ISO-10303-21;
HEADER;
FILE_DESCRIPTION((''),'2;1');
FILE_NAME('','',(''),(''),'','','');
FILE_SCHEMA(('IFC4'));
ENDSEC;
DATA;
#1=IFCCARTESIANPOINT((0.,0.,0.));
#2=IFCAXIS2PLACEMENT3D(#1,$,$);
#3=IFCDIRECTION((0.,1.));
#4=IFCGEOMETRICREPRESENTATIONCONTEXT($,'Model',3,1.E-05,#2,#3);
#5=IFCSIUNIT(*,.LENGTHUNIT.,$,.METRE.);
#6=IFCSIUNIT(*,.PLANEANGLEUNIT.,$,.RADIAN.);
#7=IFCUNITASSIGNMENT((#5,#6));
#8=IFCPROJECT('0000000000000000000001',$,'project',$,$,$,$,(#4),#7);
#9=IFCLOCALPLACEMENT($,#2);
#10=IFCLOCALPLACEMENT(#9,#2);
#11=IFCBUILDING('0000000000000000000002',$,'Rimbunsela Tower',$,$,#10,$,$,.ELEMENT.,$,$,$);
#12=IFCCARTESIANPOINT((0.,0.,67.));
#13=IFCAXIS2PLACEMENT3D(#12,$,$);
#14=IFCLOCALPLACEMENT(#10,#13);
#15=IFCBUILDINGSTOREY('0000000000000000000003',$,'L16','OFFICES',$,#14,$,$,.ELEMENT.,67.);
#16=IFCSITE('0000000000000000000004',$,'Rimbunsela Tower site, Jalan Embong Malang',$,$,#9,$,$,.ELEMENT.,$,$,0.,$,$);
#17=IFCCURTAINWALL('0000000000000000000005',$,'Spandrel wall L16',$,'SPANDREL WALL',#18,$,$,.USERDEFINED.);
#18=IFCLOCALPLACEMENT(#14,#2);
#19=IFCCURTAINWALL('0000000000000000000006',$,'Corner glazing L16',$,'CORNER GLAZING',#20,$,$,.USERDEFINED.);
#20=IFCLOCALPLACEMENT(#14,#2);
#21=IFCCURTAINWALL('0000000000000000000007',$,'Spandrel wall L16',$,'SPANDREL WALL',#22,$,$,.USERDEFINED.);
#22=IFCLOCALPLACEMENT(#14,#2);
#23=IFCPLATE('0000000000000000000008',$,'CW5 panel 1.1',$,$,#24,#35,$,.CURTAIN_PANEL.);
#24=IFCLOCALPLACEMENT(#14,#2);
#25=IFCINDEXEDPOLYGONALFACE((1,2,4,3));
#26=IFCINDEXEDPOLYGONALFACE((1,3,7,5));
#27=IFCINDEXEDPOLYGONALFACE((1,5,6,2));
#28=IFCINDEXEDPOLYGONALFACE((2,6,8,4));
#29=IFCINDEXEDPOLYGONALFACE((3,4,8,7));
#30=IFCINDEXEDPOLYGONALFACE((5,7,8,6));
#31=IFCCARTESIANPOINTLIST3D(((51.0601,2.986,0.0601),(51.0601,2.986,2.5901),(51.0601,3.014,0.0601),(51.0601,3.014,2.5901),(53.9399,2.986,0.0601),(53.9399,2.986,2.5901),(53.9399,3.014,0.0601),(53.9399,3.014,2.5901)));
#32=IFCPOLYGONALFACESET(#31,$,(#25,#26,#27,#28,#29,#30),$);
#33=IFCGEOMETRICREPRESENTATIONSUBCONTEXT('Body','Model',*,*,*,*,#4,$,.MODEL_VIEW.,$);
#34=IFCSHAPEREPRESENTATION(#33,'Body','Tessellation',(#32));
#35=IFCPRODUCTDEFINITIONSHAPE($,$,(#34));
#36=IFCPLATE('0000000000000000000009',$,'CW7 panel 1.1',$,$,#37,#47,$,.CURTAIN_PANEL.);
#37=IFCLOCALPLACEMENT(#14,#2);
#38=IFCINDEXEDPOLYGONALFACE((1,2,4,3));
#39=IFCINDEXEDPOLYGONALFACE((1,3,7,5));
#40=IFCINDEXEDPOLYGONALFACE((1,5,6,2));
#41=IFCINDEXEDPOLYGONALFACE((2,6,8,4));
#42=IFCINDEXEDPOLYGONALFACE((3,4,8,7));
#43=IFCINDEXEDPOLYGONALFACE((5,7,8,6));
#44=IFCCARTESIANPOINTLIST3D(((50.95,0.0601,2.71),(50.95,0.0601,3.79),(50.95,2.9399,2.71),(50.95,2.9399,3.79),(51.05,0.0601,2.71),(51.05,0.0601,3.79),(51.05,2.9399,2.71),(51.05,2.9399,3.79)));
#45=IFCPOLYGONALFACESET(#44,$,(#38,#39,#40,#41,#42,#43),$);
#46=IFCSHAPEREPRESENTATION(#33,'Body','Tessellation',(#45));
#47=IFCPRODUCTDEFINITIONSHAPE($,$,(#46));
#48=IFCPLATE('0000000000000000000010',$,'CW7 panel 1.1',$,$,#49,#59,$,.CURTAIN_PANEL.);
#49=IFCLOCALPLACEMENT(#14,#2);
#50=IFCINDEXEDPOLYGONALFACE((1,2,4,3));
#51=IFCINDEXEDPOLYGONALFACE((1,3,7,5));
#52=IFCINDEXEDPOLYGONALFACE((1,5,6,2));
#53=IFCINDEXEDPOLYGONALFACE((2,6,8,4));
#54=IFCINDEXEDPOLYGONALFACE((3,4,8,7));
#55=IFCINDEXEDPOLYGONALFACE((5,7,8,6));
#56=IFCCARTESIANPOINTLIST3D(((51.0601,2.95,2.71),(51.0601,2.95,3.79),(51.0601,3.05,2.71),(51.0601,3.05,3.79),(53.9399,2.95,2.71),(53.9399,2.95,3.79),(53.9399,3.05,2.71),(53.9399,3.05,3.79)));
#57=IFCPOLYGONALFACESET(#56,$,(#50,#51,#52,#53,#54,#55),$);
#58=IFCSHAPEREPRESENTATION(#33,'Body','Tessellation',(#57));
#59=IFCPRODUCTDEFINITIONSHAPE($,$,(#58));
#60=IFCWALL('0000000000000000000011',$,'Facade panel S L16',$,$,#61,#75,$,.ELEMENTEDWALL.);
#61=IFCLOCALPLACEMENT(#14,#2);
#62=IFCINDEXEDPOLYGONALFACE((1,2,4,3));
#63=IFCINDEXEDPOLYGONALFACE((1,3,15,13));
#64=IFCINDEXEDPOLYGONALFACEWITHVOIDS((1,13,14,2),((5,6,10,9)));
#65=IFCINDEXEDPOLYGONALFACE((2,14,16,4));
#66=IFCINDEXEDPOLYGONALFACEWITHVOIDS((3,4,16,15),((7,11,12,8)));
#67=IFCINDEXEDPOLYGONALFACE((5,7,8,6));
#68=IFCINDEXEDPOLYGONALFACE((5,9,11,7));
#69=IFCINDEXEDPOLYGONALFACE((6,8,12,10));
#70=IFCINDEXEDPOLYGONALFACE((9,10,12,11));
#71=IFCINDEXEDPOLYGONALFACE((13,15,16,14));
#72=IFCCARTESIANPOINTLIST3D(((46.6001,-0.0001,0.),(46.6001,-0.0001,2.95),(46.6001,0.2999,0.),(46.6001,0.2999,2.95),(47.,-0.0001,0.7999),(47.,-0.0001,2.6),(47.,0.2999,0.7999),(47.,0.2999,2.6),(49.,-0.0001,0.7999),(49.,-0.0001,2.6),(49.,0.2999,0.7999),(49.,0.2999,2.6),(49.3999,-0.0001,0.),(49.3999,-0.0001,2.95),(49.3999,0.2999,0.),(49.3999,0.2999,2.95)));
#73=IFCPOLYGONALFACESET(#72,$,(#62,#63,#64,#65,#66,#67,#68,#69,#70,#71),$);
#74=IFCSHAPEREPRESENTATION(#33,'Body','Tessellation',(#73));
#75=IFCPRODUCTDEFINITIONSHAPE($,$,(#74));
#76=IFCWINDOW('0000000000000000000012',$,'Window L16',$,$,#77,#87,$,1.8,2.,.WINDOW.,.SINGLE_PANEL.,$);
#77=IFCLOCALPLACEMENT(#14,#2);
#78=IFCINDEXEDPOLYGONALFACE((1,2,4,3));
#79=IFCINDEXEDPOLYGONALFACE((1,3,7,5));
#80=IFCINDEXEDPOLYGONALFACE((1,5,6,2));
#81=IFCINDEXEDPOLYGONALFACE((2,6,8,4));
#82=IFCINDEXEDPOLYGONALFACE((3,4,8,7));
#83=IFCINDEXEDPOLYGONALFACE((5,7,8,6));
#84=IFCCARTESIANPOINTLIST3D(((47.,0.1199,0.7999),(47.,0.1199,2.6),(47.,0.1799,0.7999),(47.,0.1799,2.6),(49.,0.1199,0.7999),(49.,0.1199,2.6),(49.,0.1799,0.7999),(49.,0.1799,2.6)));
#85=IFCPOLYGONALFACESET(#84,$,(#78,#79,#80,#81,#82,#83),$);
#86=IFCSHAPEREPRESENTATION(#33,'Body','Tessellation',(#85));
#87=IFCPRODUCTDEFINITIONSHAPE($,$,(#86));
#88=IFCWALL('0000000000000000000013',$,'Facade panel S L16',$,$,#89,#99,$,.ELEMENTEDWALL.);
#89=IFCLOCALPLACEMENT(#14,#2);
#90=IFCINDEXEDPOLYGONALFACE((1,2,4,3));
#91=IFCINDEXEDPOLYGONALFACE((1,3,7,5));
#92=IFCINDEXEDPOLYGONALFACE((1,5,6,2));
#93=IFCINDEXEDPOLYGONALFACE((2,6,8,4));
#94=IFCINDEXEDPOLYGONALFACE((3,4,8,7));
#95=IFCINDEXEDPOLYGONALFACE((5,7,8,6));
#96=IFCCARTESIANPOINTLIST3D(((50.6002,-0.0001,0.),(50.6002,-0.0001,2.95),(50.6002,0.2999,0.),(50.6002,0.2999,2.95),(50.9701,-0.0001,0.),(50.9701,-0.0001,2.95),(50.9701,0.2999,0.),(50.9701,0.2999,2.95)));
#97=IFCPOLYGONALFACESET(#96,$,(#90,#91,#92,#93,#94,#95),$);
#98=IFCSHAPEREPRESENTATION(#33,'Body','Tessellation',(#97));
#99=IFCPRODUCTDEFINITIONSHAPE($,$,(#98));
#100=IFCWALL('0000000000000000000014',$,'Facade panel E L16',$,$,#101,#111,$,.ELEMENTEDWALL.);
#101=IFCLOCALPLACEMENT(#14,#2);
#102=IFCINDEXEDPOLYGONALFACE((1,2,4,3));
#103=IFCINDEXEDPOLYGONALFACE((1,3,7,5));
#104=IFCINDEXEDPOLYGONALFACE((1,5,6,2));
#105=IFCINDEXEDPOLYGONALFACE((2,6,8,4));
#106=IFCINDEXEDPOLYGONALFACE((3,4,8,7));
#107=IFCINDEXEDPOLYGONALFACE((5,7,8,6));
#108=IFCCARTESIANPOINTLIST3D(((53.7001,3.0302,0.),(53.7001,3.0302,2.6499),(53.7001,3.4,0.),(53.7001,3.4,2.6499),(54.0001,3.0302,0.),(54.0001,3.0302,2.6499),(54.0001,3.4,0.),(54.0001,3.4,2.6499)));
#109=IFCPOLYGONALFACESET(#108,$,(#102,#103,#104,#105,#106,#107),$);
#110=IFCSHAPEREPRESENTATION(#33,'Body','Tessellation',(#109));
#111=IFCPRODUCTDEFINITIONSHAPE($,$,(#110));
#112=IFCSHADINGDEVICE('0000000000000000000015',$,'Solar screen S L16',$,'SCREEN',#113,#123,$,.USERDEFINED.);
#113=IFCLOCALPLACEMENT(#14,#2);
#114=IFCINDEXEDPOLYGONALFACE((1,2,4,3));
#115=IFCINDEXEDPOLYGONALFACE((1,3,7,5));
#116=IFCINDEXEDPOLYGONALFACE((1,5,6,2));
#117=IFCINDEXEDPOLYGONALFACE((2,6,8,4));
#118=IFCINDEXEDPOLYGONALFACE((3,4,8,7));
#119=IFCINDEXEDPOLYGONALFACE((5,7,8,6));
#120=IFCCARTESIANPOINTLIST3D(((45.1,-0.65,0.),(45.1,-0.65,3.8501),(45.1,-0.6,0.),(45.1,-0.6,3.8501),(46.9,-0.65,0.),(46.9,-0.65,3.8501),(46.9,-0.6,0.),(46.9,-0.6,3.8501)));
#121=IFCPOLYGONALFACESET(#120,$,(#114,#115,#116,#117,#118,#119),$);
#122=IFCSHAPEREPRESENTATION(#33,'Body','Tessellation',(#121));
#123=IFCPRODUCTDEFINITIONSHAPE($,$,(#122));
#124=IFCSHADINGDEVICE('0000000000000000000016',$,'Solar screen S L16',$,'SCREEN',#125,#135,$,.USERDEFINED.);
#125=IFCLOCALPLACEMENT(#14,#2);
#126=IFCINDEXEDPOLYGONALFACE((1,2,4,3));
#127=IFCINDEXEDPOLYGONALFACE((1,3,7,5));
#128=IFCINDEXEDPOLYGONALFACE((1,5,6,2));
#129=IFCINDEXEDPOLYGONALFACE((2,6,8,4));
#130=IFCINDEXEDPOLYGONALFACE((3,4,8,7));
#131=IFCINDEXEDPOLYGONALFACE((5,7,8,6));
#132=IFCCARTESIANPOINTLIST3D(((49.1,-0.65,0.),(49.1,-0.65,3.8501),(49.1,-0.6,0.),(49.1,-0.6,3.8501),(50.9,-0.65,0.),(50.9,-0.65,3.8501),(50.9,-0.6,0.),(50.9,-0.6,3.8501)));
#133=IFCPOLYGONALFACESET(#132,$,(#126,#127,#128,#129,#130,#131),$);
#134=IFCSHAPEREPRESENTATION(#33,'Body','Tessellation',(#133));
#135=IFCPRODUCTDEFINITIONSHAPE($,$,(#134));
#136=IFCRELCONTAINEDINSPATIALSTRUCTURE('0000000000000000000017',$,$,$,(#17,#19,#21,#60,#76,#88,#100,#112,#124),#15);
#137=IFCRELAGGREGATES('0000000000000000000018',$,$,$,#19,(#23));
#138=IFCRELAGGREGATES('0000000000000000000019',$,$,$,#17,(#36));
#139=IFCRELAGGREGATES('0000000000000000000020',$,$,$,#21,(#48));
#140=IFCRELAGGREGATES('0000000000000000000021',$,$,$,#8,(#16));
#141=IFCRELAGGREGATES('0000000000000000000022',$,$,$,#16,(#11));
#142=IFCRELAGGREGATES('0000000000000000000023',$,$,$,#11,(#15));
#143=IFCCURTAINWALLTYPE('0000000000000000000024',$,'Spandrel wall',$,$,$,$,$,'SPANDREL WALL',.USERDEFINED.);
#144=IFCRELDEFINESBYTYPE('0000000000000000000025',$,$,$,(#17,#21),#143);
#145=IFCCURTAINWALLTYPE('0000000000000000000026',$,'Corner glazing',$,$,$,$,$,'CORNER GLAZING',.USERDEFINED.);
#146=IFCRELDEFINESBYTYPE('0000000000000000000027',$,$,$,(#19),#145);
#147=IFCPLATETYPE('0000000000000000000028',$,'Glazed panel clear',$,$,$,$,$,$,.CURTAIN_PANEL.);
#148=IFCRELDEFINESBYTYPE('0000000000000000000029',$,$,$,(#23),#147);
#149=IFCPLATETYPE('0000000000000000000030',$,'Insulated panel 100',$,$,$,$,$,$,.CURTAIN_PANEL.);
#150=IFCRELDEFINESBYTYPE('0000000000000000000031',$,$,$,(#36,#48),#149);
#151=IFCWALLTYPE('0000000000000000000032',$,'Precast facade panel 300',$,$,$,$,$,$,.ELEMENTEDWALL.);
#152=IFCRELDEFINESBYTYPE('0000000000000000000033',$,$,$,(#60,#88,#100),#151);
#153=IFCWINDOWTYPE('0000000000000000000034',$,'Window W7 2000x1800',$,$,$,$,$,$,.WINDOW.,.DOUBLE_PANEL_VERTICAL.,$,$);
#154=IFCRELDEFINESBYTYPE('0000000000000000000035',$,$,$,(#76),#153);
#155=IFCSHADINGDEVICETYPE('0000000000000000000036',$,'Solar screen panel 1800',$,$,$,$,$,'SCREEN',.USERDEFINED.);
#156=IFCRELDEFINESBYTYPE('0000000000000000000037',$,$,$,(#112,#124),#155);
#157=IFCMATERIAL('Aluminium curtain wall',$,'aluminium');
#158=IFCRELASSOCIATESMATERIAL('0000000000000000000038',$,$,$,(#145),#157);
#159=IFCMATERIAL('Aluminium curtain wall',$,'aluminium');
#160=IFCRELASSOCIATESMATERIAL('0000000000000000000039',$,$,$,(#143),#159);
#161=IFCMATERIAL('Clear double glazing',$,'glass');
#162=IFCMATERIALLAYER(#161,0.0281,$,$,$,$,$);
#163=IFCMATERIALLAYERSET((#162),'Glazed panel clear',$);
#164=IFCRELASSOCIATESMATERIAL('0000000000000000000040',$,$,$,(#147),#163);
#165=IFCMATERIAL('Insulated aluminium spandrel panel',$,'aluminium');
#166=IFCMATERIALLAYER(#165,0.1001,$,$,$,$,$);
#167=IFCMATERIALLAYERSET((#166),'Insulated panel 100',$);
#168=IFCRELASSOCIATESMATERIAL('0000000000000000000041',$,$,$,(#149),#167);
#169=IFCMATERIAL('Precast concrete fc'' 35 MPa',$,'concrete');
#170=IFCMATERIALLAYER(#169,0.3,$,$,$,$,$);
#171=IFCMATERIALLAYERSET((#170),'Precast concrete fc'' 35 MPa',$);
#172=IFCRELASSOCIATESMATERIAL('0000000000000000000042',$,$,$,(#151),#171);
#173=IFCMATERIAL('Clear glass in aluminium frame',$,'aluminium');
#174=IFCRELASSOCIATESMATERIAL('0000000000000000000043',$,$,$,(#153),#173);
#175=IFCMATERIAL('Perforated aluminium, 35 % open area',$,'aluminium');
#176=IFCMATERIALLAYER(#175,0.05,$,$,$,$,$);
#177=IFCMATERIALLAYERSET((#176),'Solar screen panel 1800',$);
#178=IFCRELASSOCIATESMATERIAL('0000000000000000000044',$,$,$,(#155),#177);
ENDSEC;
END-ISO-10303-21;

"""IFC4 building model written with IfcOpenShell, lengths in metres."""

from ifc_helpers import new_model, si_unit, direction, frame, frame_2d, origin, origin_2d, place, context, subcontext, project, spatial, rectangle, extrude, material, layer, layer_set, type_object, element, fill, aggregate, save


model = new_model("IFC4")

# Units and contexts
model_context = context("Model", 3, precision=1e-05, world=origin(), true_north=direction((0.0, 1.0)))
body_context = subcontext(model_context, "Body", "Model", "MODEL_VIEW")
ifc_project = project(units=[si_unit("LENGTHUNIT", "METRE"), si_unit("PLANEANGLEUNIT", "RADIAN")], contexts=[model_context])

# Site, building, storey
site_placement = place(None, origin())
site = spatial("IfcSite", under=ifc_project, at=site_placement, Name="Rimbunsela Tower site, Jalan Embong Malang", CompositionType="ELEMENT", RefElevation=0.0)
building_placement = place(site_placement, origin())
building = spatial("IfcBuilding", under=site, at=building_placement, Name="Rimbunsela Tower", CompositionType="ELEMENT")
storey_placement = place(building_placement, frame((0.0, 0.0, 67.0)))
storey = spatial("IfcBuildingStorey", under=building, at=storey_placement, Name="L16", Description="OFFICES", CompositionType="ELEMENT", Elevation=67.0)

# Curtain walls
ifc_material_1 = material(Name="Aluminium curtain wall", Category="aluminium")
curtain_wall_type_1 = type_object("IfcCurtainWallType", Name="Corner glazing", ElementType="CORNER GLAZING", PredefinedType="USERDEFINED", material=ifc_material_1)
ifc_material_2 = material(Name="Aluminium curtain wall", Category="aluminium")
curtain_wall_type_2 = type_object("IfcCurtainWallType", Name="Spandrel wall", ElementType="SPANDREL WALL", PredefinedType="USERDEFINED", material=ifc_material_2)
curtain_wall_1_placement = place(storey_placement, origin())
curtain_wall_1 = element("IfcCurtainWall", 1, at=curtain_wall_1_placement, inside=storey, type_object=curtain_wall_type_2, Name="Spandrel wall L16", ObjectType="SPANDREL WALL", PredefinedType="USERDEFINED")
curtain_wall_2_placement = place(storey_placement, origin())
curtain_wall_2 = element("IfcCurtainWall", 2, at=curtain_wall_2_placement, inside=storey, type_object=curtain_wall_type_1, Name="Corner glazing L16", ObjectType="CORNER GLAZING", PredefinedType="USERDEFINED")
curtain_wall_3_placement = place(storey_placement, origin())
curtain_wall_3 = element("IfcCurtainWall", 3, at=curtain_wall_3_placement, inside=storey, type_object=curtain_wall_type_2, Name="Spandrel wall L16", ObjectType="SPANDREL WALL", PredefinedType="USERDEFINED")

# Plates
ifc_material_3 = material(Name="Clear double glazing", Category="glass")
ifc_layer_1 = layer(ifc_material_3, 0.0281)
ifc_layer_set_1 = layer_set([ifc_layer_1], Name="Glazed panel clear")
plate_type_1 = type_object("IfcPlateType", Name="Glazed panel clear", PredefinedType="CURTAIN_PANEL", material=ifc_layer_set_1)
plate_1_placement = place(storey_placement, frame((52.5, 3.0, 0.0601), z_axis=(0.0, 0.0, 1.0), x_axis=(1.0, 0.0, 0.0)))
plate_1 = element("IfcPlate", 4, at=plate_1_placement, type_object=plate_type_1, Name="CW5 panel 1.1", PredefinedType="CURTAIN_PANEL", context=body_context, shape_type="SweptSolid", body=[
    extrude(rectangle(XDim=2.8799, YDim=0.0281, at=origin_2d()), origin(), (0.0, 0.0, 1.0), 2.53),
])
aggregate(curtain_wall_2, [plate_1])
ifc_material_4 = material(Name="Insulated aluminium spandrel panel", Category="aluminium")
ifc_layer_2 = layer(ifc_material_4, 0.1001)
ifc_layer_set_2 = layer_set([ifc_layer_2], Name="Insulated panel 100")
plate_type_2 = type_object("IfcPlateType", Name="Insulated panel 100", PredefinedType="CURTAIN_PANEL", material=ifc_layer_set_2)
plate_2_placement = place(storey_placement, frame((51.0, 1.5, 2.71), z_axis=(0.0, 0.0, 1.0), x_axis=(0.0, 1.0, 0.0)))
plate_2 = element("IfcPlate", 5, at=plate_2_placement, type_object=plate_type_2, Name="CW7 panel 1.1", PredefinedType="CURTAIN_PANEL", context=body_context, shape_type="SweptSolid", body=[
    extrude(rectangle(XDim=2.8799, YDim=0.1001, at=origin_2d()), origin(), (0.0, 0.0, 1.0), 1.0801),
])
aggregate(curtain_wall_1, [plate_2])
plate_3_placement = place(storey_placement, frame((52.5, 3.0, 2.71), z_axis=(0.0, 0.0, 1.0), x_axis=(1.0, 0.0, 0.0)))
plate_3 = element("IfcPlate", 6, at=plate_3_placement, type_object=plate_type_2, Name="CW7 panel 1.1", PredefinedType="CURTAIN_PANEL", context=body_context, shape_type="SweptSolid", body=[
    extrude(rectangle(XDim=2.8799, YDim=0.1001, at=origin_2d()), origin(), (0.0, 0.0, 1.0), 1.0801),
])
aggregate(curtain_wall_3, [plate_3])

# Wall, opening, window
ifc_material_5 = material(Name="Precast concrete fc' 35 MPa", Category="concrete")
ifc_layer_3 = layer(ifc_material_5, 0.3)
ifc_layer_set_3 = layer_set([ifc_layer_3], Name="Precast concrete fc' 35 MPa")
wall_type = type_object("IfcWallType", Name="Precast facade panel 300", PredefinedType="ELEMENTEDWALL", material=ifc_layer_set_3)
wall_1_placement = place(storey_placement, frame((46.6001, 0.1499, 0.0), z_axis=(0.0, 0.0, 1.0), x_axis=(1.0, 0.0, 0.0)))
wall_1 = element("IfcWall", 7, at=wall_1_placement, inside=storey, type_object=wall_type, Name="Facade panel S L16", PredefinedType="ELEMENTEDWALL", context=body_context, shape_type="SweptSolid", body=[
    extrude(rectangle(XDim=2.7998, YDim=0.3, at=frame_2d((1.3999, 0.0))), origin(), (0.0, 0.0, 1.0), 2.95),
])
opening_placement = place(wall_1_placement, frame((0.3999, 0.0, 0.8)))
opening = element("IfcOpeningElement", 8, at=opening_placement, cuts=wall_1, PredefinedType="OPENING", context=body_context, shape_type="SweptSolid", body=[
    extrude(rectangle(XDim=2.0, YDim=1.8, at=frame_2d((1.0, 0.8999))), frame((0.0, 0.1599, 0.0), z_axis=(0.0, -1.0, 0.0), x_axis=(1.0, 0.0, 0.0)), (0.0, 0.0, 1.0), 0.3201),
])
ifc_material_6 = material(Name="Clear glass in aluminium frame", Category="aluminium")
window_type = type_object("IfcWindowType", Name="Window W7 2000x1800", PartitioningType="DOUBLE_PANEL_VERTICAL", PredefinedType="WINDOW", material=ifc_material_6)
window_placement = place(opening_placement, origin())
window = element("IfcWindow", 9, at=window_placement, inside=storey, type_object=window_type, Name="Window L16", OverallHeight=1.8, OverallWidth=2.0, PartitioningType="SINGLE_PANEL", PredefinedType="WINDOW", context=body_context, shape_type="SweptSolid", body=[
    extrude(rectangle(XDim=2.0, YDim=1.8, at=frame_2d((1.0, 0.8999))), frame((0.0, 0.03, 0.0), z_axis=(0.0, -1.0, 0.0), x_axis=(1.0, 0.0, 0.0)), (0.0, 0.0, 1.0), 0.0601),
])
fill(opening, window)

# Walls
wall_2_placement = place(storey_placement, frame((50.6001, 0.1499, 0.0), z_axis=(0.0, 0.0, 1.0), x_axis=(1.0, 0.0, 0.0)))
element("IfcWall", 10, at=wall_2_placement, inside=storey, type_object=wall_type, Name="Facade panel S L16", PredefinedType="ELEMENTEDWALL", context=body_context, shape_type="SweptSolid", body=[
    extrude(rectangle(XDim=0.3699, YDim=0.3, at=frame_2d((0.1851, 0.0))), origin(), (0.0, 0.0, 1.0), 2.95),
])
wall_3_placement = place(storey_placement, frame((53.8501, 3.03, 0.0), z_axis=(0.0, 0.0, 1.0), x_axis=(0.0, 1.0, 0.0)))
element("IfcWall", 11, at=wall_3_placement, inside=storey, type_object=wall_type, Name="Facade panel E L16", PredefinedType="ELEMENTEDWALL", context=body_context, shape_type="SweptSolid", body=[
    extrude(rectangle(XDim=0.3699, YDim=0.3, at=frame_2d((0.1851, 0.0))), origin(), (0.0, 0.0, 1.0), 2.6499),
])

# Shading devices
ifc_material_7 = material(Name="Perforated aluminium, 35 % open area", Category="aluminium")
ifc_layer_4 = layer(ifc_material_7, 0.05)
ifc_layer_set_4 = layer_set([ifc_layer_4], Name="Solar screen panel 1800")
shading_device_type = type_object("IfcShadingDeviceType", Name="Solar screen panel 1800", ElementType="SCREEN", PredefinedType="USERDEFINED", material=ifc_layer_set_4)
for number, where, z_axis, x_axis, name in (
    (12, (46.0, -0.625, 0.0), (0.0, 0.0, 1.0), (1.0, 0.0, 0.0), "Solar screen S L16"),
    (13, (50.0, -0.625, 0.0), (0.0, 0.0, 1.0), (1.0, 0.0, 0.0), "Solar screen S L16"),
):
    element("IfcShadingDevice", number, at=place(storey_placement, frame(where, z_axis=z_axis, x_axis=x_axis)), inside=storey, type_object=shading_device_type, Name=name, ObjectType="SCREEN", PredefinedType="USERDEFINED", context=body_context, shape_type="SweptSolid", body=[
        extrude(rectangle(XDim=1.8, YDim=0.05, at=origin_2d()), origin(), (0.0, 0.0, 1.0), 3.8501),
    ])

save(model, "model.ifc")
